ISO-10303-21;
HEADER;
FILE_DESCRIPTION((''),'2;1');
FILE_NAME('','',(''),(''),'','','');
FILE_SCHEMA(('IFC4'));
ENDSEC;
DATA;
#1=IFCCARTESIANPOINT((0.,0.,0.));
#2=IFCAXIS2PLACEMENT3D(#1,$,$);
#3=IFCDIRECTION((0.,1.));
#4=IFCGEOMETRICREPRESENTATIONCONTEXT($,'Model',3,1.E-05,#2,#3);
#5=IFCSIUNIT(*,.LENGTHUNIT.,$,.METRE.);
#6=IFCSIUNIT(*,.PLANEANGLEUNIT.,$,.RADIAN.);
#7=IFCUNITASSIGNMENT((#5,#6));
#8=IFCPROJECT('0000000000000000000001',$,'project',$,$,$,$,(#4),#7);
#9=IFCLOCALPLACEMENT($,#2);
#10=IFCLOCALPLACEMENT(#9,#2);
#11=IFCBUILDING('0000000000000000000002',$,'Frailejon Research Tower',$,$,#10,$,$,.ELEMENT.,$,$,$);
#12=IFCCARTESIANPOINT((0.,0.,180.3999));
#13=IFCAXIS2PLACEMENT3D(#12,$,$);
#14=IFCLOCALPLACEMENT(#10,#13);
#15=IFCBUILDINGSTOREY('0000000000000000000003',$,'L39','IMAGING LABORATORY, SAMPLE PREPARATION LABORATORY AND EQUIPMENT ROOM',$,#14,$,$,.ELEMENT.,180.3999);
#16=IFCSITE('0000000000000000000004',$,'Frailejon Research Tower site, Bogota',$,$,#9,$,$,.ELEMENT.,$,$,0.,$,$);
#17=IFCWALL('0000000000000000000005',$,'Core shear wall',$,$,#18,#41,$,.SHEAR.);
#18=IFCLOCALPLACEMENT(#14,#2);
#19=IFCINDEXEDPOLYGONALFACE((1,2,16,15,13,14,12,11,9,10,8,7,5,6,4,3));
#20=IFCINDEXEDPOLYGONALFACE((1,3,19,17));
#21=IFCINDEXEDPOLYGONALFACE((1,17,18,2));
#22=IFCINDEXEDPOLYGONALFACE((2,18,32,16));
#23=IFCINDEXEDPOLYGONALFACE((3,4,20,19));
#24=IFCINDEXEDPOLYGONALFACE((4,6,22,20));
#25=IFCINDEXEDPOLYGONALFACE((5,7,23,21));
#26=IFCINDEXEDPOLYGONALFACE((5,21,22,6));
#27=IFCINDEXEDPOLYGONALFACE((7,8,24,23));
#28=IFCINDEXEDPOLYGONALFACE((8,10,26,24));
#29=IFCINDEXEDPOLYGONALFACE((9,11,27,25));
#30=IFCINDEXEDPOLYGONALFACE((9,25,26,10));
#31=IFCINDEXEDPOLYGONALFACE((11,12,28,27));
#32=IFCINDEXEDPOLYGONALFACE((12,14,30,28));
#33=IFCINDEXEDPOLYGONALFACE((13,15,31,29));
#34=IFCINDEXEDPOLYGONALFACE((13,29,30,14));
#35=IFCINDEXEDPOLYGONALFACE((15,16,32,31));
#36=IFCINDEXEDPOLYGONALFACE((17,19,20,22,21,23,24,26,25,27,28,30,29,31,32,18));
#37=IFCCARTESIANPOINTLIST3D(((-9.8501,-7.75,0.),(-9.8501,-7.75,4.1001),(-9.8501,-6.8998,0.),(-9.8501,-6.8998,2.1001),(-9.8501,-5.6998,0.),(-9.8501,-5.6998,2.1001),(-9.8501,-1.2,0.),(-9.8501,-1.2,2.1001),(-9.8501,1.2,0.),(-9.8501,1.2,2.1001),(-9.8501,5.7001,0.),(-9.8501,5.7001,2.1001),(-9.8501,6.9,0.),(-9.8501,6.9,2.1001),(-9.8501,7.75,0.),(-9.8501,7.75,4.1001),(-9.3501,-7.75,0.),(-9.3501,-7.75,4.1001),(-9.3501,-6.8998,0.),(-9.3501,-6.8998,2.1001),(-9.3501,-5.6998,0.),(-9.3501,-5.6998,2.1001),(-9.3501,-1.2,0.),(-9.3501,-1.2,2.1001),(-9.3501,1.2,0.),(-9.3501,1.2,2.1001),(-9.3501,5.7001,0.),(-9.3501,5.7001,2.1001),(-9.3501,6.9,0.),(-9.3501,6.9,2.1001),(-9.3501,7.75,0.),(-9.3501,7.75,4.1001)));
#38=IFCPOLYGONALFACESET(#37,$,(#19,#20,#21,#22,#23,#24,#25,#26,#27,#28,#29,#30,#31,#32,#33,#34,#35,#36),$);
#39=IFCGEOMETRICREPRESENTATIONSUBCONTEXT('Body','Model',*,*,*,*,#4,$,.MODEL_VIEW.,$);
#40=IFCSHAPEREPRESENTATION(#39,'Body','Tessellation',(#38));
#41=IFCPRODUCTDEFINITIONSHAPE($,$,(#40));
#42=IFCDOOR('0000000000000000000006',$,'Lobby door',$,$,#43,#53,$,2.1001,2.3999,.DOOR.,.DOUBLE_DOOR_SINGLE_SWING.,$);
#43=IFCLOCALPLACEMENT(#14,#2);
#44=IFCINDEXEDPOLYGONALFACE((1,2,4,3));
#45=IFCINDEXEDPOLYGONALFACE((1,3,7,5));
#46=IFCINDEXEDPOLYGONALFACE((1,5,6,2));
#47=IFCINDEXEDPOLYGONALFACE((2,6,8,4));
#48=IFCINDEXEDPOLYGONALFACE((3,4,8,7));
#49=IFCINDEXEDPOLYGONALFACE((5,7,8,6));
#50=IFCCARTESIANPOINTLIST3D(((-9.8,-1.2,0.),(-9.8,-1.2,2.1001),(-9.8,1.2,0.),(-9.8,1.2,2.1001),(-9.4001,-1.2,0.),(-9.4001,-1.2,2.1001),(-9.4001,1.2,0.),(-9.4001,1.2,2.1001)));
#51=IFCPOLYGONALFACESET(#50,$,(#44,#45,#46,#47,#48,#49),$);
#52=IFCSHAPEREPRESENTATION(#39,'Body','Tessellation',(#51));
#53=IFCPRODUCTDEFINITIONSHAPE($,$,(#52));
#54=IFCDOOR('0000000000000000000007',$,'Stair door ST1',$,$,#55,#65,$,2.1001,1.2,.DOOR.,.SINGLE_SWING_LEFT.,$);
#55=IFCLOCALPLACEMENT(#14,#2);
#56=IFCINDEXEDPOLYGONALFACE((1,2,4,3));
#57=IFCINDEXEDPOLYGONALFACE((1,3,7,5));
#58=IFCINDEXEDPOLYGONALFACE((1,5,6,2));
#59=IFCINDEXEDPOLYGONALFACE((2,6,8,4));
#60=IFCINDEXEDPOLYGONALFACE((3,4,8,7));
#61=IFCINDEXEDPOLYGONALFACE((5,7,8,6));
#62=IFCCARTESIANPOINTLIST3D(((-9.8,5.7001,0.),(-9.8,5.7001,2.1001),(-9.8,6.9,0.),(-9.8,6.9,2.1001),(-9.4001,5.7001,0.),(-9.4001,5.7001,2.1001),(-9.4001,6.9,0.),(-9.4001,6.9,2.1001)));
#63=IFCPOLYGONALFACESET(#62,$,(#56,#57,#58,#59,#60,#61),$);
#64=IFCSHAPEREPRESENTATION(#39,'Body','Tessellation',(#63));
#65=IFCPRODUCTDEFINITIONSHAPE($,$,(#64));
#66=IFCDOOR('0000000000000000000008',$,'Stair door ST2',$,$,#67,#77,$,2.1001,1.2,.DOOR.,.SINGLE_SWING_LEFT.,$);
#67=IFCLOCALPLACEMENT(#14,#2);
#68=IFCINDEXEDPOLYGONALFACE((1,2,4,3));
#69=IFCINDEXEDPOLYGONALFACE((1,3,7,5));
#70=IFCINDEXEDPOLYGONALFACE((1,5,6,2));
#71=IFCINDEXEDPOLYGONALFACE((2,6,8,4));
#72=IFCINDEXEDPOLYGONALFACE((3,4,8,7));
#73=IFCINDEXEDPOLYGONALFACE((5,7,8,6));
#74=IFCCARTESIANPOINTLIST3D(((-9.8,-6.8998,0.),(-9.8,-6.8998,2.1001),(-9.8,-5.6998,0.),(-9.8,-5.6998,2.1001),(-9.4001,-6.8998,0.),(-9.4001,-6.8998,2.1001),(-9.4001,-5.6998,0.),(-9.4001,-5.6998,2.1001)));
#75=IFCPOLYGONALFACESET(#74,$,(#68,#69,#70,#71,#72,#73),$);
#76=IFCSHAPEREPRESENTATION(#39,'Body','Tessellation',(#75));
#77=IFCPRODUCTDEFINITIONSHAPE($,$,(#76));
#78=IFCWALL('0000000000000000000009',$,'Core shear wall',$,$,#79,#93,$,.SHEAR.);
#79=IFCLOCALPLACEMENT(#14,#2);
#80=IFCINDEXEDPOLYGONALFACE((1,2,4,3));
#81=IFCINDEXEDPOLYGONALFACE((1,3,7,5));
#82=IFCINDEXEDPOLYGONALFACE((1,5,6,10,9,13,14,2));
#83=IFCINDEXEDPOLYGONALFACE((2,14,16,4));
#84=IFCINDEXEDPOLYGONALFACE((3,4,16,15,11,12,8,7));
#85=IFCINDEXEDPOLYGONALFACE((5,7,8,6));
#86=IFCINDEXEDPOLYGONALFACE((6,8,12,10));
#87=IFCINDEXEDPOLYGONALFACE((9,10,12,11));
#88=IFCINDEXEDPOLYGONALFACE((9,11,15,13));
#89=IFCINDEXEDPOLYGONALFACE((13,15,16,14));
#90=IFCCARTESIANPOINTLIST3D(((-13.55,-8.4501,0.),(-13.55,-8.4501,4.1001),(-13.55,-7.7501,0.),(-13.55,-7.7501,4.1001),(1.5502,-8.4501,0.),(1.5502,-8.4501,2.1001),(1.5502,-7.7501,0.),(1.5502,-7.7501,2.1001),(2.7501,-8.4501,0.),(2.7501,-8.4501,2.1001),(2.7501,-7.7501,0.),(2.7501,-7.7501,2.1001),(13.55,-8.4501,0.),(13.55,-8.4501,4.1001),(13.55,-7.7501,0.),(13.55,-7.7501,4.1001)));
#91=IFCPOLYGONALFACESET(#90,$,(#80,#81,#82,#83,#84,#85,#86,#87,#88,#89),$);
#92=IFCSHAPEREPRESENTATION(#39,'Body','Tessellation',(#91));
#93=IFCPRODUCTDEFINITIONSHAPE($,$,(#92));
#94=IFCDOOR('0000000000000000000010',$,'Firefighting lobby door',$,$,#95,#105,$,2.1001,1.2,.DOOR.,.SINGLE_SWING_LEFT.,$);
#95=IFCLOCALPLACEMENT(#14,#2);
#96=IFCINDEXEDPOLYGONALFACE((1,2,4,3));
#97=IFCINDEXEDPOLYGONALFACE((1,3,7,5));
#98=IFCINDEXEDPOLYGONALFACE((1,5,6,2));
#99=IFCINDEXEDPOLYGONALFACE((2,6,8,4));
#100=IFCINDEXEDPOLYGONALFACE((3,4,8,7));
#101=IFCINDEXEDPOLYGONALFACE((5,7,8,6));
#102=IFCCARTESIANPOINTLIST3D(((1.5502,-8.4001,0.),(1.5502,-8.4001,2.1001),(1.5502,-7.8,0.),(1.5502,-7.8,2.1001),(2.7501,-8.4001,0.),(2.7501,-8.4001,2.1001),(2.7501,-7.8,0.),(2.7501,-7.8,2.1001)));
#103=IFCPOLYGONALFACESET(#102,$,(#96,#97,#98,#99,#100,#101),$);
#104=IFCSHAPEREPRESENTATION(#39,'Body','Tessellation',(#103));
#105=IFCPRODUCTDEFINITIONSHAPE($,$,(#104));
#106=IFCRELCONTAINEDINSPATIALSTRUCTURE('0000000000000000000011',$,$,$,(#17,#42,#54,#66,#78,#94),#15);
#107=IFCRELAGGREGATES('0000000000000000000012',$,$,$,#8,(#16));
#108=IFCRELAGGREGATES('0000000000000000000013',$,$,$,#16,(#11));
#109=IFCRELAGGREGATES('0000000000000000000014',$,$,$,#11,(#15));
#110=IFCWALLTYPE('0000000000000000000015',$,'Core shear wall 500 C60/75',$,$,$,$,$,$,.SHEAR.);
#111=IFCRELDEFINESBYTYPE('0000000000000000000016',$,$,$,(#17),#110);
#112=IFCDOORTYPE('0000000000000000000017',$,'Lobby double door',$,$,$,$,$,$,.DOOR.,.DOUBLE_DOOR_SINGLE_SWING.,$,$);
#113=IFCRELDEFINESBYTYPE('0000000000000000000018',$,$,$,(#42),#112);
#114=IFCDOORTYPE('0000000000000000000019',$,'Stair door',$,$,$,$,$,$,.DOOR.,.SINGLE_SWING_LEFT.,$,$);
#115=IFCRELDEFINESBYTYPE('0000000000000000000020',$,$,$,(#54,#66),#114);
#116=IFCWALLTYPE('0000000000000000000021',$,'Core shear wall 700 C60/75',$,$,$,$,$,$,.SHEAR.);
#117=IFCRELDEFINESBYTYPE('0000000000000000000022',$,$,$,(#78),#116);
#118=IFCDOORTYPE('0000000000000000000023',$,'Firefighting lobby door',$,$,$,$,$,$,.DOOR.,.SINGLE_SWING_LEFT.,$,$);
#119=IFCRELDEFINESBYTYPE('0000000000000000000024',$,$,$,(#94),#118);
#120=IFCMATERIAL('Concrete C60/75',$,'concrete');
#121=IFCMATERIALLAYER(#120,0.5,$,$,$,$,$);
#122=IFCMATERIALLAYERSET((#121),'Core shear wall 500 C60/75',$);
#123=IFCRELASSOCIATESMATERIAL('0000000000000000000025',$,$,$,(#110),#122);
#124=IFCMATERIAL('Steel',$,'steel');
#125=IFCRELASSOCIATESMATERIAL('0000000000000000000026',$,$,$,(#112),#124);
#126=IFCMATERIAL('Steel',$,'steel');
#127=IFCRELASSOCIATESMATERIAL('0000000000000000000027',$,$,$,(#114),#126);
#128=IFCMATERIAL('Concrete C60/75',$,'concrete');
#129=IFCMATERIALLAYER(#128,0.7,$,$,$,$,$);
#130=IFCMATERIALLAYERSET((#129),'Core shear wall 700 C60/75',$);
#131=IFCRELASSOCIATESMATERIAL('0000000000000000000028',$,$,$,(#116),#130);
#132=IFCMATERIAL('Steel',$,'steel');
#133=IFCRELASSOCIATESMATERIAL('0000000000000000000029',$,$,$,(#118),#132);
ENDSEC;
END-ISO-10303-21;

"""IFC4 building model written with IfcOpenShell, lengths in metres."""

from ifc_helpers import new_model, si_unit, direction, frame, frame_2d, origin, place, context, subcontext, project, spatial, rectangle, extrude, material, layer, layer_set, type_object, element, fill, save


model = new_model("IFC4")

# Units and contexts
model_context = context("Model", 3, precision=1e-05, world=origin(), true_north=direction((0.0, 1.0)))
body_context = subcontext(model_context, "Body", "Model", "MODEL_VIEW")
ifc_project = project(units=[si_unit("LENGTHUNIT", "METRE"), si_unit("PLANEANGLEUNIT", "RADIAN")], contexts=[model_context])

# Site, building, storey
site_placement = place(None, origin())
site = spatial("IfcSite", under=ifc_project, at=site_placement, Name="Frailejon Research Tower site, Bogota", CompositionType="ELEMENT", RefElevation=0.0)
building_placement = place(site_placement, origin())
building = spatial("IfcBuilding", under=site, at=building_placement, Name="Frailejon Research Tower", CompositionType="ELEMENT")
storey_placement = place(building_placement, frame((0.0, 0.0, 180.3999)))
storey = spatial("IfcBuildingStorey", under=building, at=storey_placement, Name="L39", Description="IMAGING LABORATORY, SAMPLE PREPARATION LABORATORY AND EQUIPMENT ROOM", CompositionType="ELEMENT", Elevation=180.3999)

# Wall, openings, doors
ifc_material_1 = material(Name="Concrete C60/75", Category="concrete")
ifc_layer_1 = layer(ifc_material_1, 0.5)
ifc_layer_set_1 = layer_set([ifc_layer_1], Name="Core shear wall 500 C60/75")
wall_type_1 = type_object("IfcWallType", Name="Core shear wall 500 C60/75", PredefinedType="SHEAR", material=ifc_layer_set_1)
wall_1_placement = place(storey_placement, frame((-9.6001, -7.75, 0.0), z_axis=(0.0, 0.0, 1.0), x_axis=(0.0, 1.0, 0.0)))
wall_1 = element("IfcWall", 1, at=wall_1_placement, inside=storey, type_object=wall_type_1, Name="Core shear wall", PredefinedType="SHEAR", context=body_context, shape_type="SweptSolid", body=[
    extrude(rectangle(XDim=15.5, YDim=0.5, at=frame_2d((7.75, 0.0))), origin(), (0.0, 0.0, 1.0), 4.1001),
])
opening_1_placement = place(wall_1_placement, frame((6.55, 0.0, 0.0)))
opening_1 = element("IfcOpeningElement", 2, at=opening_1_placement, cuts=wall_1, PredefinedType="OPENING", context=body_context, shape_type="SweptSolid", body=[
    extrude(rectangle(XDim=2.3999, YDim=2.1001, at=frame_2d((1.2, 1.05))), frame((0.0, 0.26, 0.0), z_axis=(0.0, -1.0, 0.0), x_axis=(1.0, 0.0, 0.0)), (0.0, 0.0, 1.0), 0.52),
])
opening_2_placement = place(wall_1_placement, frame((13.45, 0.0, 0.0)))
opening_2 = element("IfcOpeningElement", 3, at=opening_2_placement, cuts=wall_1, PredefinedType="OPENING", context=body_context, shape_type="SweptSolid", body=[
    extrude(rectangle(XDim=1.2, YDim=2.1001, at=frame_2d((0.6001, 1.05))), frame((0.0, 0.26, 0.0), z_axis=(0.0, -1.0, 0.0), x_axis=(1.0, 0.0, 0.0)), (0.0, 0.0, 1.0), 0.52),
])
opening_3_placement = place(wall_1_placement, frame((0.8501, 0.0, 0.0)))
opening_3 = element("IfcOpeningElement", 4, at=opening_3_placement, cuts=wall_1, PredefinedType="OPENING", context=body_context, shape_type="SweptSolid", body=[
    extrude(rectangle(XDim=1.2, YDim=2.1001, at=frame_2d((0.6001, 1.05))), frame((0.0, 0.26, 0.0), z_axis=(0.0, -1.0, 0.0), x_axis=(1.0, 0.0, 0.0)), (0.0, 0.0, 1.0), 0.52),
])
ifc_material_2 = material(Name="Steel", Category="steel")
door_type_1 = type_object("IfcDoorType", Name="Lobby double door", OperationType="DOUBLE_DOOR_SINGLE_SWING", PredefinedType="DOOR", material=ifc_material_2)
door_1_placement = place(opening_1_placement, origin())
door_1 = element("IfcDoor", 5, at=door_1_placement, inside=storey, type_object=door_type_1, Name="Lobby door", OperationType="DOUBLE_DOOR_SINGLE_SWING", OverallHeight=2.1001, OverallWidth=2.3999, PredefinedType="DOOR", context=body_context, shape_type="SweptSolid", body=[
    extrude(rectangle(XDim=2.3999, YDim=2.1001, at=frame_2d((1.2, 1.05))), frame((0.0, 0.2, 0.0), z_axis=(0.0, -1.0, 0.0), x_axis=(1.0, 0.0, 0.0)), (0.0, 0.0, 1.0), 0.3999),
])
fill(opening_1, door_1)
ifc_material_3 = material(Name="Steel", Category="steel")
door_type_2 = type_object("IfcDoorType", Name="Stair door", OperationType="SINGLE_SWING_LEFT", PredefinedType="DOOR", material=ifc_material_3)
door_2_placement = place(opening_2_placement, origin())
door_2 = element("IfcDoor", 6, at=door_2_placement, inside=storey, type_object=door_type_2, Name="Stair door ST1", OperationType="SINGLE_SWING_LEFT", OverallHeight=2.1001, OverallWidth=1.2, PredefinedType="DOOR", context=body_context, shape_type="SweptSolid", body=[
    extrude(rectangle(XDim=1.2, YDim=2.1001, at=frame_2d((0.6001, 1.05))), frame((0.0, 0.2, 0.0), z_axis=(0.0, -1.0, 0.0), x_axis=(1.0, 0.0, 0.0)), (0.0, 0.0, 1.0), 0.3999),
])
fill(opening_2, door_2)
door_3_placement = place(opening_3_placement, origin())
door_3 = element("IfcDoor", 7, at=door_3_placement, inside=storey, type_object=door_type_2, Name="Stair door ST2", OperationType="SINGLE_SWING_LEFT", OverallHeight=2.1001, OverallWidth=1.2, PredefinedType="DOOR", context=body_context, shape_type="SweptSolid", body=[
    extrude(rectangle(XDim=1.2, YDim=2.1001, at=frame_2d((0.6001, 1.05))), frame((0.0, 0.2, 0.0), z_axis=(0.0, -1.0, 0.0), x_axis=(1.0, 0.0, 0.0)), (0.0, 0.0, 1.0), 0.3999),
])
fill(opening_3, door_3)

# Wall, opening, door
ifc_material_4 = material(Name="Concrete C60/75", Category="concrete")
ifc_layer_2 = layer(ifc_material_4, 0.7)
ifc_layer_set_2 = layer_set([ifc_layer_2], Name="Core shear wall 700 C60/75")
wall_type_2 = type_object("IfcWallType", Name="Core shear wall 700 C60/75", PredefinedType="SHEAR", material=ifc_layer_set_2)
wall_2_placement = place(storey_placement, frame((-13.55, -8.1001, 0.0), z_axis=(0.0, 0.0, 1.0), x_axis=(1.0, 0.0, 0.0)))
wall_2 = element("IfcWall", 8, at=wall_2_placement, inside=storey, type_object=wall_type_2, Name="Core shear wall", PredefinedType="SHEAR", context=body_context, shape_type="SweptSolid", body=[
    extrude(rectangle(XDim=27.1001, YDim=0.7, at=frame_2d((13.55, 0.0))), origin(), (0.0, 0.0, 1.0), 4.1001),
])
opening_4_placement = place(wall_2_placement, frame((15.1001, 0.0, 0.0)))
opening_4 = element("IfcOpeningElement", 9, at=opening_4_placement, cuts=wall_2, PredefinedType="OPENING", context=body_context, shape_type="SweptSolid", body=[
    extrude(rectangle(XDim=1.2, YDim=2.1001, at=frame_2d((0.6001, 1.05))), frame((0.0, 0.3599, 0.0), z_axis=(0.0, -1.0, 0.0), x_axis=(1.0, 0.0, 0.0)), (0.0, 0.0, 1.0), 0.72),
])
ifc_material_5 = material(Name="Steel", Category="steel")
door_type_3 = type_object("IfcDoorType", Name="Firefighting lobby door", OperationType="SINGLE_SWING_LEFT", PredefinedType="DOOR", material=ifc_material_5)
door_4_placement = place(opening_4_placement, origin())
door_4 = element("IfcDoor", 10, at=door_4_placement, inside=storey, type_object=door_type_3, Name="Firefighting lobby door", OperationType="SINGLE_SWING_LEFT", OverallHeight=2.1001, OverallWidth=1.2, PredefinedType="DOOR", context=body_context, shape_type="SweptSolid", body=[
    extrude(rectangle(XDim=1.2, YDim=2.1001, at=frame_2d((0.6001, 1.05))), frame((0.0, 0.3, 0.0), z_axis=(0.0, -1.0, 0.0), x_axis=(1.0, 0.0, 0.0)), (0.0, 0.0, 1.0), 0.6001),
])
fill(opening_4, door_4)

save(model, "model.ifc")
